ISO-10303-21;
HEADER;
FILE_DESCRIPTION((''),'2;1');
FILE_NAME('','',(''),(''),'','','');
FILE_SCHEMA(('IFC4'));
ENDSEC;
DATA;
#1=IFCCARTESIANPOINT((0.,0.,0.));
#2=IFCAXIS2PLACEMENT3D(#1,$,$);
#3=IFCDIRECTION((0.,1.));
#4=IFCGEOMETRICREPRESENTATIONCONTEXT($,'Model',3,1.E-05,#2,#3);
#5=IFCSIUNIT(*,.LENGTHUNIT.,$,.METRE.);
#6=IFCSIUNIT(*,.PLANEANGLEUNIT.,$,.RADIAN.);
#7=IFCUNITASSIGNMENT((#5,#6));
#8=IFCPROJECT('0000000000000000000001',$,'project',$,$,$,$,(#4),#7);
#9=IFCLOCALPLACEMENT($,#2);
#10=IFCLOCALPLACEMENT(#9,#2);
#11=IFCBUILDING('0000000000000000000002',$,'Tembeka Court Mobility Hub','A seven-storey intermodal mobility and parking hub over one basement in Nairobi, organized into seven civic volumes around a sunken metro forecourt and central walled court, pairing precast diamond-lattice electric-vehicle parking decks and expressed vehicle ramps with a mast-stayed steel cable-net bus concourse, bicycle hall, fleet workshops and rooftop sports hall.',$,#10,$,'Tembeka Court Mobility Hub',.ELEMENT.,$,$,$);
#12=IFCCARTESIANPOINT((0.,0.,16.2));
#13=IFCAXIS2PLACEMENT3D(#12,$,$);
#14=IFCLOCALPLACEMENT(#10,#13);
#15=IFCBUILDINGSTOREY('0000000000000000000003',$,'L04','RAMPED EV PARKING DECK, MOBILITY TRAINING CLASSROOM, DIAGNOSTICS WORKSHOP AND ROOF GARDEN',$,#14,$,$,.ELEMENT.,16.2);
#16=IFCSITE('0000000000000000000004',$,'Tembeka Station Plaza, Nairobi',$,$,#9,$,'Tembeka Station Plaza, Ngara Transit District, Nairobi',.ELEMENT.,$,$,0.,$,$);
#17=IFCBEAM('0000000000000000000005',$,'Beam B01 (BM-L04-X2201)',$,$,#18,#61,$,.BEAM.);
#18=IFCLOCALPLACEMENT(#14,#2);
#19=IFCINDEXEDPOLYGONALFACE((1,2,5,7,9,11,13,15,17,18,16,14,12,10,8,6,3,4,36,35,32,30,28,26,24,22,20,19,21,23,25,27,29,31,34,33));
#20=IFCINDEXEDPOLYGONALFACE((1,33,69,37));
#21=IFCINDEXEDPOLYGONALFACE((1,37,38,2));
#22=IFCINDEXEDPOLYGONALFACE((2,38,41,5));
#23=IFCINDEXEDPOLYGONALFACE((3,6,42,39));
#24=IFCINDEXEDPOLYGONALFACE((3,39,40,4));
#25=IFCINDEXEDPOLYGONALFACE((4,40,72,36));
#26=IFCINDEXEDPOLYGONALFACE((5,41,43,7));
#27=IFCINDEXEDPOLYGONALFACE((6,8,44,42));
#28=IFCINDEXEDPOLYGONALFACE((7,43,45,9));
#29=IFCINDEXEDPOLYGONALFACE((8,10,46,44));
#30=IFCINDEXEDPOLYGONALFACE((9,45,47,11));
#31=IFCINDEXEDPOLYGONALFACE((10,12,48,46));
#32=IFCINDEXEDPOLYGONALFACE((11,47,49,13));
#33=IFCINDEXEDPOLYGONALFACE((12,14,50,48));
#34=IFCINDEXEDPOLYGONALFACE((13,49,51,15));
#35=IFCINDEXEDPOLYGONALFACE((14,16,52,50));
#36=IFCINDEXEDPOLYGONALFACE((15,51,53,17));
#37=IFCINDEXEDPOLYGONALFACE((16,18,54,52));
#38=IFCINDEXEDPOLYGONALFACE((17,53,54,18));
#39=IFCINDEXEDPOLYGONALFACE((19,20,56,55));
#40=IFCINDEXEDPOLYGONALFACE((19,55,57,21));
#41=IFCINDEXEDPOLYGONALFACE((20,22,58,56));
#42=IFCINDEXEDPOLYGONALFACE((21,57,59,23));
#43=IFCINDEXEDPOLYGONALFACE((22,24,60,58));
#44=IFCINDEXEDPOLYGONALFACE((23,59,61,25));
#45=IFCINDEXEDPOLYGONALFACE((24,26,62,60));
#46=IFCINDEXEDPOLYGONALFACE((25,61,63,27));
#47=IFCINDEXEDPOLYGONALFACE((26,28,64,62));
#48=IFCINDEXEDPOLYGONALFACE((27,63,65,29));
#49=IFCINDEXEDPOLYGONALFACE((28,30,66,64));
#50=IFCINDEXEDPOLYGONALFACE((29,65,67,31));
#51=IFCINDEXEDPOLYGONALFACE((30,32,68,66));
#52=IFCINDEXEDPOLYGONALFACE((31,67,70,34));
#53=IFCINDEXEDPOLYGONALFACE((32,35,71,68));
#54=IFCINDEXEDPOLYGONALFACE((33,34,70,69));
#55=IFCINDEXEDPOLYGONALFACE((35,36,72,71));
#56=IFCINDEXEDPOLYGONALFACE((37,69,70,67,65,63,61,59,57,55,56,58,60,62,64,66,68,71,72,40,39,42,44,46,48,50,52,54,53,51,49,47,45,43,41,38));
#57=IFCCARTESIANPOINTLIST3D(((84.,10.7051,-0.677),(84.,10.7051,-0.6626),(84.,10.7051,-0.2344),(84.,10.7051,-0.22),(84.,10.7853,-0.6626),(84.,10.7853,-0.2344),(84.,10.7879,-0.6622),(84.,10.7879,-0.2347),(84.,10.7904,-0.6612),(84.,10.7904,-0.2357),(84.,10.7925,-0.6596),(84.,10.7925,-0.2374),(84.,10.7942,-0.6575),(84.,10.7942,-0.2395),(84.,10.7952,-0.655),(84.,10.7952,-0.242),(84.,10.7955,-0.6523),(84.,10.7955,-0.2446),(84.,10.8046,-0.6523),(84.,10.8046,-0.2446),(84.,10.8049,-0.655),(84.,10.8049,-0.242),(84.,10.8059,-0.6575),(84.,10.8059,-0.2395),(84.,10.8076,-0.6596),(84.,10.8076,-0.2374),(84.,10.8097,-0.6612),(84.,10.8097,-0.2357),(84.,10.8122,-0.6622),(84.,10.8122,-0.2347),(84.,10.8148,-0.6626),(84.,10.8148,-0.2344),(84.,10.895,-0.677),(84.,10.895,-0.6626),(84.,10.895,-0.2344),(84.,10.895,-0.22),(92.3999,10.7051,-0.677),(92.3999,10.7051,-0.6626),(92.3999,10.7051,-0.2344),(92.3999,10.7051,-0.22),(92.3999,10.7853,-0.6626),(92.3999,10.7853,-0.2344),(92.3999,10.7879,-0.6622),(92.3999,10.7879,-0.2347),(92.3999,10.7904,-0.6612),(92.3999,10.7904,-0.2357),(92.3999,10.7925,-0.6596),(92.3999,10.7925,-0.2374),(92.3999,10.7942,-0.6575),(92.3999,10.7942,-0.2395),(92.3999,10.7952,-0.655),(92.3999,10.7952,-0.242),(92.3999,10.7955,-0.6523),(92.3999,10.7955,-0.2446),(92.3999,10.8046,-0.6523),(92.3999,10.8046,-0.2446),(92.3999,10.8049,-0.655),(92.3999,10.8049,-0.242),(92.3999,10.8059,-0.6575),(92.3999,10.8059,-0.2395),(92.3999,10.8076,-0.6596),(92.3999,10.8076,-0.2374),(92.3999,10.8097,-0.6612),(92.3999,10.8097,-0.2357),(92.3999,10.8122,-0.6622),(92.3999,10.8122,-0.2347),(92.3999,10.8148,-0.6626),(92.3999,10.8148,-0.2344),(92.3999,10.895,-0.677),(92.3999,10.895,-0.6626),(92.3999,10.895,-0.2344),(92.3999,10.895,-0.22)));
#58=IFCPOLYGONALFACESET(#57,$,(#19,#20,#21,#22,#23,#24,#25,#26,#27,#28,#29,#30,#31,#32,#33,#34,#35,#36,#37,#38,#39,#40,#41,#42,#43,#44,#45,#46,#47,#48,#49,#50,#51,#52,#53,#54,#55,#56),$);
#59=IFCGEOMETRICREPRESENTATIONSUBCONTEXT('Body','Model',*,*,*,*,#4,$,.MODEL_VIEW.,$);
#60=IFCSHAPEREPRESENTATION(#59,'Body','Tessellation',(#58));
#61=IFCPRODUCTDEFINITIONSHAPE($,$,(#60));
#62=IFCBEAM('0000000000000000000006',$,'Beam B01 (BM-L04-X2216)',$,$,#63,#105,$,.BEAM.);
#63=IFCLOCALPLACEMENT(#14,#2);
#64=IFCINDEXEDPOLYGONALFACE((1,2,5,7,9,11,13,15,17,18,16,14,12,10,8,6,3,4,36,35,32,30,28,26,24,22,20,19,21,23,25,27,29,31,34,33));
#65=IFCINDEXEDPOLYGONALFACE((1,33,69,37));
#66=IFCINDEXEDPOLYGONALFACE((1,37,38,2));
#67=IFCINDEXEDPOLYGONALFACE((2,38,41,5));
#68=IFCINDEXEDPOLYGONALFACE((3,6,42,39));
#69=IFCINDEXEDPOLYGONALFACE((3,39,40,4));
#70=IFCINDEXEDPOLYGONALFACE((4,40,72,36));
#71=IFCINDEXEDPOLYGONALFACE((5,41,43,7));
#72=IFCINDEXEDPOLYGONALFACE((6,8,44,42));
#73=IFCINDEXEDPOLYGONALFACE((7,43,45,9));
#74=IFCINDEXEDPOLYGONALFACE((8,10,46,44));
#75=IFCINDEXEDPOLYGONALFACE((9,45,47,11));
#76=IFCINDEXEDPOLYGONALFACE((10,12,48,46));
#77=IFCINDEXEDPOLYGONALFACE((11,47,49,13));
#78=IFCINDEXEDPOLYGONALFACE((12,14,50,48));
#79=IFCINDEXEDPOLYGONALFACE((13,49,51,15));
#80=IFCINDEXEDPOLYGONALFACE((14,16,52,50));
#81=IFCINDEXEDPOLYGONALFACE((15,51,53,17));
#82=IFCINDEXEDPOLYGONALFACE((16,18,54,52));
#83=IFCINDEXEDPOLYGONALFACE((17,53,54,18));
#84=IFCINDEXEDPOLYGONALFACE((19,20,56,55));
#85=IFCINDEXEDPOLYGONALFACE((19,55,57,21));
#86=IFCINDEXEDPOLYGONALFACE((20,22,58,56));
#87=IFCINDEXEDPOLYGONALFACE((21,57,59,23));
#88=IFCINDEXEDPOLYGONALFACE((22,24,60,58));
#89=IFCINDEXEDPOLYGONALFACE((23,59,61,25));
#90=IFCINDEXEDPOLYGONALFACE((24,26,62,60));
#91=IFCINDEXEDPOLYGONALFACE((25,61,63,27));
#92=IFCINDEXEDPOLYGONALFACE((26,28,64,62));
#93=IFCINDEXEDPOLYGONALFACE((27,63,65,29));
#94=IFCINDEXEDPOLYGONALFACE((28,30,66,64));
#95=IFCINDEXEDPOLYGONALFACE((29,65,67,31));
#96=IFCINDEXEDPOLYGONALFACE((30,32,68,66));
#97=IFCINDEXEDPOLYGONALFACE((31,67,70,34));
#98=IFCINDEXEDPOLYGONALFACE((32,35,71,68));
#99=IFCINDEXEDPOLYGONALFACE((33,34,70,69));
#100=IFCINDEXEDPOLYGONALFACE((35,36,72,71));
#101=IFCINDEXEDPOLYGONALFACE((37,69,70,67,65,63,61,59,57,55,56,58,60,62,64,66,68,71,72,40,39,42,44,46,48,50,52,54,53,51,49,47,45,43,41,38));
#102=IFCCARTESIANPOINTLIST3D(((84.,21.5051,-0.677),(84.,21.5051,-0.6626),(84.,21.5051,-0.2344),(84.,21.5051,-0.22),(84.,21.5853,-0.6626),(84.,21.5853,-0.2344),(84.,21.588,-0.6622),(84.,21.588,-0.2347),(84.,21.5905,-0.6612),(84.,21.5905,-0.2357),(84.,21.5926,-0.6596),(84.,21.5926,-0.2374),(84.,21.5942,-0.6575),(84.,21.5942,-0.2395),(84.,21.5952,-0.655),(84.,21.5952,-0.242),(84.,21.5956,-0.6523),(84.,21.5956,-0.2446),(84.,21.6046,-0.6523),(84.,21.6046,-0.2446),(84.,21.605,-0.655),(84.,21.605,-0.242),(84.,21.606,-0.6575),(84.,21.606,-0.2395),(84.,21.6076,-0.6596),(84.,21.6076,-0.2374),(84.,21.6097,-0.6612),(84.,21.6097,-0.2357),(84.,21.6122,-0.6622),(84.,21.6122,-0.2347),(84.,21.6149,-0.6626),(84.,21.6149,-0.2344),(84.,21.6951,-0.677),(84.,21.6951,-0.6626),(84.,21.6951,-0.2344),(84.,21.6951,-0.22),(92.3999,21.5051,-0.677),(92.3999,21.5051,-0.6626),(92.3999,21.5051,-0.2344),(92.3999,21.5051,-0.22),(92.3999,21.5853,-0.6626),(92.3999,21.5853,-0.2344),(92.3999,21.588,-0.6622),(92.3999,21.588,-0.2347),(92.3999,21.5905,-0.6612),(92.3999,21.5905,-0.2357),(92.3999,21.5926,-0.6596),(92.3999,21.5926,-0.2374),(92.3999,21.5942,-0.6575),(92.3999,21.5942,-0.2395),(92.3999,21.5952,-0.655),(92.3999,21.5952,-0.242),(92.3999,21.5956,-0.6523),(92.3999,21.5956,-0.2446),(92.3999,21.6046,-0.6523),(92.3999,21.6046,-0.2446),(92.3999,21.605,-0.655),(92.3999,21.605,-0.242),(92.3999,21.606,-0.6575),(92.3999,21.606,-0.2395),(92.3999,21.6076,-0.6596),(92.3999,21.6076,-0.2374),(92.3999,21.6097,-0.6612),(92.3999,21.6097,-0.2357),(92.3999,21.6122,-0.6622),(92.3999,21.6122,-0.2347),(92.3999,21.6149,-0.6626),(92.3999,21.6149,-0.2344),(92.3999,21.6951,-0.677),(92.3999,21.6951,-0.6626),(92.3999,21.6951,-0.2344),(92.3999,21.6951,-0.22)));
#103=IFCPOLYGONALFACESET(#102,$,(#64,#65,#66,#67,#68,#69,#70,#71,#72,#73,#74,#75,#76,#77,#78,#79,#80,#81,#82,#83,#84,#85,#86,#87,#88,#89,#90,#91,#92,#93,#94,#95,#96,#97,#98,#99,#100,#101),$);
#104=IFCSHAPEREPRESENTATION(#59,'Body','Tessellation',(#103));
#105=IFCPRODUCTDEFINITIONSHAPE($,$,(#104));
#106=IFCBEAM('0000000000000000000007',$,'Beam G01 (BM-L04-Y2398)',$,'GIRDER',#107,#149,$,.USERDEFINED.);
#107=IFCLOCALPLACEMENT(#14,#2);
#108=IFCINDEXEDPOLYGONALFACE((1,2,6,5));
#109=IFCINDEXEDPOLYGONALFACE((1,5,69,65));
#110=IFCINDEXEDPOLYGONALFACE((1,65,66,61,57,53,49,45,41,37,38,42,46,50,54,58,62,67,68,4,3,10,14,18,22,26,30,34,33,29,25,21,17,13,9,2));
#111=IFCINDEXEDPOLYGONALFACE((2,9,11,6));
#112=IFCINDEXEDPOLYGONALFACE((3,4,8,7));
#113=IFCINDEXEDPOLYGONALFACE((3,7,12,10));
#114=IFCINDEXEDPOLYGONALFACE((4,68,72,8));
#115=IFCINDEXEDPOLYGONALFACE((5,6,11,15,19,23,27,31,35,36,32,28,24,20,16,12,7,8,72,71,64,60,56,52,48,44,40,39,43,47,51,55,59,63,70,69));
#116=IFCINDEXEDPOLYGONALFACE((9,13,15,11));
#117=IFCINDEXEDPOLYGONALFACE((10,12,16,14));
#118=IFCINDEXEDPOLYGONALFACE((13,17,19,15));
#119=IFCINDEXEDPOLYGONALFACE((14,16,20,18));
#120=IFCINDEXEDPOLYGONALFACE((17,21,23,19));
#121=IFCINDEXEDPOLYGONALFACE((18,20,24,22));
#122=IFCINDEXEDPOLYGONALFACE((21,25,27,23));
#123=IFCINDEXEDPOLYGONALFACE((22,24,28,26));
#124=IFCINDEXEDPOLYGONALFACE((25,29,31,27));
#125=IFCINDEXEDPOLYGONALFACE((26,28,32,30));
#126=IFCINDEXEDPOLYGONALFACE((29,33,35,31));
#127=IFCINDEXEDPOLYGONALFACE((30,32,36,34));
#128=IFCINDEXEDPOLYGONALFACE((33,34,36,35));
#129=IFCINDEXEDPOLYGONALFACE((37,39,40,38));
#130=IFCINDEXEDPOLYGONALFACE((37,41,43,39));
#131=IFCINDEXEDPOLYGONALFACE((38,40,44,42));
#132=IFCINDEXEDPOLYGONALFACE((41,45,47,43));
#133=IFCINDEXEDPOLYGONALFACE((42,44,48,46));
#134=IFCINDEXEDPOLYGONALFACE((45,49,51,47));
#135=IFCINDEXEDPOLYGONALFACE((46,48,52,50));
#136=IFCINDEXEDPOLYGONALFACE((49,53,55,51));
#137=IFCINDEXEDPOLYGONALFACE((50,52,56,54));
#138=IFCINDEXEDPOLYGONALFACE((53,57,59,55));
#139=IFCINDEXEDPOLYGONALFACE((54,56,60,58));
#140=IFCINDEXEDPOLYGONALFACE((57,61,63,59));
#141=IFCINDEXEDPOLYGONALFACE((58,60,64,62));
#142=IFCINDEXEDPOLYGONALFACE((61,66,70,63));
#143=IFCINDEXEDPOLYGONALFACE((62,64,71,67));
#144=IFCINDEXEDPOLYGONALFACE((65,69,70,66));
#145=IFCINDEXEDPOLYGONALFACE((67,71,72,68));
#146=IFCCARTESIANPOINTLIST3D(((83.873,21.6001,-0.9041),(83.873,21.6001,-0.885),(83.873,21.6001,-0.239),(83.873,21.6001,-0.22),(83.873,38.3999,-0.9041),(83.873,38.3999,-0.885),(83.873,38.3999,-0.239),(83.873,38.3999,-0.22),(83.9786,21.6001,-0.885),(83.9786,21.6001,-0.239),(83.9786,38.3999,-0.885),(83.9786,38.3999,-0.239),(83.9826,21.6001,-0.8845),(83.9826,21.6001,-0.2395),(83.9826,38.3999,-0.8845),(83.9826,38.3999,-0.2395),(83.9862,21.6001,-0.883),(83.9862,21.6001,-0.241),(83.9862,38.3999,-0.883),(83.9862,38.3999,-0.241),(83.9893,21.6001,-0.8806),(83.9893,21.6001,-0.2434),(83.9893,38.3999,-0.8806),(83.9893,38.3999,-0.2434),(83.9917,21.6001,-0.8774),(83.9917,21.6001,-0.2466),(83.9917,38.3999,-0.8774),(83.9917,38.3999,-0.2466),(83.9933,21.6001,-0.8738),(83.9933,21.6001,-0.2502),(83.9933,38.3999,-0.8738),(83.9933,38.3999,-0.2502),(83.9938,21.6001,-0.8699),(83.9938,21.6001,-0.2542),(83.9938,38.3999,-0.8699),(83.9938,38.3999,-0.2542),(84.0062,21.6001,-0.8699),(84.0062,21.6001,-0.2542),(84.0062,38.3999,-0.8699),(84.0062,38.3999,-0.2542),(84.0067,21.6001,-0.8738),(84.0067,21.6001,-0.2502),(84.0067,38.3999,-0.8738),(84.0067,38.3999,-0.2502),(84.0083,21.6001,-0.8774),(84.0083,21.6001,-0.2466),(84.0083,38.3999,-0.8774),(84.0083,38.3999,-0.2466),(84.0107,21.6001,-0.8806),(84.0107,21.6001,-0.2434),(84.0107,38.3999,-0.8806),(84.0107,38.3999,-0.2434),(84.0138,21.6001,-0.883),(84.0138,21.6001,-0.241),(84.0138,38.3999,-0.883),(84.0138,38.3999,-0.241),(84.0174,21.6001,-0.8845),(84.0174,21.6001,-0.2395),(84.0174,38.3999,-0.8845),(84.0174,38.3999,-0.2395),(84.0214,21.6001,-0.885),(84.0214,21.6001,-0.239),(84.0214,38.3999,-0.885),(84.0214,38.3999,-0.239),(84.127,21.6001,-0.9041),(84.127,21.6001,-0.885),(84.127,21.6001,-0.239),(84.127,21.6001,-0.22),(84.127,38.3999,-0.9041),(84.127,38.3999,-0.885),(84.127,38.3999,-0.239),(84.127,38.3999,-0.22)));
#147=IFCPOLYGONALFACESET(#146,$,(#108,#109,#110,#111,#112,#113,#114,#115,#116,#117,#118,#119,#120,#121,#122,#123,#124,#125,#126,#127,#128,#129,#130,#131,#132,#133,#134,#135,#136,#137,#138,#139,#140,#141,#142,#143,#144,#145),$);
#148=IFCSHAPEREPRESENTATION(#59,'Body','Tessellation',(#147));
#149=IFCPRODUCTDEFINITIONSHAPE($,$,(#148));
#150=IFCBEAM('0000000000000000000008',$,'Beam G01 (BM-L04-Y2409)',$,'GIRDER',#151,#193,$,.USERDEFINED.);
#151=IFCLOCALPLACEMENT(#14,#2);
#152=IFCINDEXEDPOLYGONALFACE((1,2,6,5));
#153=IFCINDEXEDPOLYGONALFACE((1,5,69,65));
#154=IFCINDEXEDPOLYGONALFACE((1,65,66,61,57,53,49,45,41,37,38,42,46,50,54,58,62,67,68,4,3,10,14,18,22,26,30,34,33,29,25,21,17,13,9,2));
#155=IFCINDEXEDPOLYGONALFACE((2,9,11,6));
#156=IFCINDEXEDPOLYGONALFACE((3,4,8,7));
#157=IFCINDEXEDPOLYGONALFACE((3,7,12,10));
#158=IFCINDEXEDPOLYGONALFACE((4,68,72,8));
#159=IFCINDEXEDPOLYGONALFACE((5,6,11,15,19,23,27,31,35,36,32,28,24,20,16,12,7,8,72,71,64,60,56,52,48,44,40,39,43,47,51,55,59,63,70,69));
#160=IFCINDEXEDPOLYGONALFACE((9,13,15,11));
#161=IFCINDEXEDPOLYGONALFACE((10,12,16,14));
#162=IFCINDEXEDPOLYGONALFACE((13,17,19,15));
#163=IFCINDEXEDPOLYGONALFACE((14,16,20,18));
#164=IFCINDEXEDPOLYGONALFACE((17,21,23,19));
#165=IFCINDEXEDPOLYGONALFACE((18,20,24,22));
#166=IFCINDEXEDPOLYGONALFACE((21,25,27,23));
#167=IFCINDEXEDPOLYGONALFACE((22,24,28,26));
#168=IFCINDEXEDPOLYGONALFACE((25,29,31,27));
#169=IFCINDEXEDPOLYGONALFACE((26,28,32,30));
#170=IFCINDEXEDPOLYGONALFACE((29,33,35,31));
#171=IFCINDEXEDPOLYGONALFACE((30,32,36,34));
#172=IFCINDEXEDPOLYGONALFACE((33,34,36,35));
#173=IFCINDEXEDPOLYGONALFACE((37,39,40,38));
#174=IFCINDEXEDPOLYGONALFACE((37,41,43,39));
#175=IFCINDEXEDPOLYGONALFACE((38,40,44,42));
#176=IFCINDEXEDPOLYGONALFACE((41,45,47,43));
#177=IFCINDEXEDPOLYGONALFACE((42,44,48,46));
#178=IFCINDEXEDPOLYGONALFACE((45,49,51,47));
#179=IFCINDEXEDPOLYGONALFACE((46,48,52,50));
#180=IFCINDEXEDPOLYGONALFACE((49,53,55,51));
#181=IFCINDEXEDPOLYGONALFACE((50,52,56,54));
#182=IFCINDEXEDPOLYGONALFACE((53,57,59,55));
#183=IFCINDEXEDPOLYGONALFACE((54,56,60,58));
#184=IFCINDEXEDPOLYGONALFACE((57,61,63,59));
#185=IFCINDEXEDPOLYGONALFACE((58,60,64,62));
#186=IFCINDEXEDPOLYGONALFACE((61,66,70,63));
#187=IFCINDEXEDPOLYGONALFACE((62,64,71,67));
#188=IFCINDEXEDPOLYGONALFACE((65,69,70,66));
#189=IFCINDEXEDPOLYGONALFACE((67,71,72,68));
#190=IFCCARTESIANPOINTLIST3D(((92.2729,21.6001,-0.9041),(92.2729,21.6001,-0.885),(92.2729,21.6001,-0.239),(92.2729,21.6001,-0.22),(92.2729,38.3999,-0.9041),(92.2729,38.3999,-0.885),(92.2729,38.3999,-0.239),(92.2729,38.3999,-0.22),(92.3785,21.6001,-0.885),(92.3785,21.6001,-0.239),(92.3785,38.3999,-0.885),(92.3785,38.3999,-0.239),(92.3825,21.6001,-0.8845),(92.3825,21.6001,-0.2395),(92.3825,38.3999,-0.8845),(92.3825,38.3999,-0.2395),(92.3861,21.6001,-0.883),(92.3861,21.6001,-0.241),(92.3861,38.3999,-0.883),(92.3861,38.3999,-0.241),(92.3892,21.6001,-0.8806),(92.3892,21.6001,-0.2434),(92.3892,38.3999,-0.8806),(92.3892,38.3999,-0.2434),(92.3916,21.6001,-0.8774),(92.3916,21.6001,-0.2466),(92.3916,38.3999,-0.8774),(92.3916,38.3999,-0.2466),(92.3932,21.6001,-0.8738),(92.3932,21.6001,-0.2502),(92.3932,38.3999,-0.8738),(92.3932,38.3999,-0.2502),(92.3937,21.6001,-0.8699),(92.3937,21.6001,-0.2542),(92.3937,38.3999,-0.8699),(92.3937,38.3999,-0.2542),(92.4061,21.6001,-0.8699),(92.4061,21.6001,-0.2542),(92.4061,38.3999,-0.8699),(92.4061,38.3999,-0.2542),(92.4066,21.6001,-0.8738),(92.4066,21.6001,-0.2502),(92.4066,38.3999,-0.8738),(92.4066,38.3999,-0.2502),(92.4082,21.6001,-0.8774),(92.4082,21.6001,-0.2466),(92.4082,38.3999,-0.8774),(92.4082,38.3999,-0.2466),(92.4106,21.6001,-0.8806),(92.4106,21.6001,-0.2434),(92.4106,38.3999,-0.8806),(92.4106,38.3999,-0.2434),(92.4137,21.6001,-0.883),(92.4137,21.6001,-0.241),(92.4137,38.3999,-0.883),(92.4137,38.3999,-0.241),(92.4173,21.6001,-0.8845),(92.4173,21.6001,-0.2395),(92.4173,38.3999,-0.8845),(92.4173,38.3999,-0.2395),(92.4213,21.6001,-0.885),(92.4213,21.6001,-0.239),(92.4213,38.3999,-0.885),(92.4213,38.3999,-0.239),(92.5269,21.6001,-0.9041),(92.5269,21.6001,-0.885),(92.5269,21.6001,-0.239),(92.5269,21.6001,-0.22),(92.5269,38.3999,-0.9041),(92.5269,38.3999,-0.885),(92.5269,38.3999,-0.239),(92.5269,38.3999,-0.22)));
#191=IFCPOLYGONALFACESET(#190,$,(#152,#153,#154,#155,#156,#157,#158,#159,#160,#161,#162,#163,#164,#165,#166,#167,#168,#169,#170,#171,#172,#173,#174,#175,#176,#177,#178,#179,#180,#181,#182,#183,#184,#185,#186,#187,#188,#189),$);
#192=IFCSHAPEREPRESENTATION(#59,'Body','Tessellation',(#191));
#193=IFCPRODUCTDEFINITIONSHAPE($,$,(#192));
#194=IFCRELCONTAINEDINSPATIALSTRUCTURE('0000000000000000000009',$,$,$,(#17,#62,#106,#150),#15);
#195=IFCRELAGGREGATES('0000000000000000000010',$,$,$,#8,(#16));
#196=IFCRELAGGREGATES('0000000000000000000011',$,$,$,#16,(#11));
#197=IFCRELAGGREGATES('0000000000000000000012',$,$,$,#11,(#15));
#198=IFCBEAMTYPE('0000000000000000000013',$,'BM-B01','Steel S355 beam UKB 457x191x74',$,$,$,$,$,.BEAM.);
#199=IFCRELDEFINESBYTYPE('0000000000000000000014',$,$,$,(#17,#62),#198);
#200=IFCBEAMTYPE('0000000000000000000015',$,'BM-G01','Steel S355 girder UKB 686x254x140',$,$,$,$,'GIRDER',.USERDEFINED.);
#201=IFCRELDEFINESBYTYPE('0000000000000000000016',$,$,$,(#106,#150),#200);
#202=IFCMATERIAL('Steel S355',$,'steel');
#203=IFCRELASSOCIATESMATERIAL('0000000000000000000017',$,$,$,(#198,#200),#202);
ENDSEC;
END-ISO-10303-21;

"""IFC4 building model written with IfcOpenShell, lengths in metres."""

from ifc_helpers import new_model, si_unit, direction, frame, origin, origin_2d, place, context, subcontext, project, spatial, i_section, extrude, material, material_profile, profile_set, type_object, element, save


model = new_model("IFC4")

# Units and contexts
model_context = context("Model", 3, precision=1e-05, world=origin(), true_north=direction((0.0, 1.0)))
body_context = subcontext(model_context, "Body", "Model", "MODEL_VIEW")
ifc_project = project(units=[si_unit("LENGTHUNIT", "METRE"), si_unit("PLANEANGLEUNIT", "RADIAN")], contexts=[model_context])

# Site, building, storey
site_placement = place(None, origin())
site = spatial("IfcSite", under=ifc_project, at=site_placement, Name="Tembeka Station Plaza, Nairobi", LongName="Tembeka Station Plaza, Ngara Transit District, Nairobi", CompositionType="ELEMENT", RefElevation=0.0)
building_placement = place(site_placement, origin())
building = spatial("IfcBuilding", under=site, at=building_placement, Name="Tembeka Court Mobility Hub", Description="A seven-storey intermodal mobility and parking hub over one basement in Nairobi, organized into seven civic volumes around a sunken metro forecourt and central walled court, pairing precast diamond-lattice electric-vehicle parking decks and expressed vehicle ramps with a mast-stayed steel cable-net bus concourse, bicycle hall, fleet workshops and rooftop sports hall.", LongName="Tembeka Court Mobility Hub", CompositionType="ELEMENT")
storey_placement = place(building_placement, frame((0.0, 0.0, 16.2)))
storey = spatial("IfcBuildingStorey", under=building, at=storey_placement, Name="L04", Description="RAMPED EV PARKING DECK, MOBILITY TRAINING CLASSROOM, DIAGNOSTICS WORKSHOP AND ROOF GARDEN", CompositionType="ELEMENT", Elevation=16.2)

# Shared definitions
ifc_material_1 = material(Name="Steel S355", Category="steel")

# Beams
ifc_material_profile_1 = material_profile(ifc_material_1, i_section(OverallWidth=0.1899, OverallDepth=0.457, WebThickness=0.009, FlangeThickness=0.0144, FilletRadius=0.0103, at=origin_2d()), Name="UKB 457x191x74")
ifc_profile_set_1 = profile_set([ifc_material_profile_1], Name="Steel S355")
beam_type_1 = type_object("IfcBeamType", Name="BM-B01", Description="Steel S355 beam UKB 457x191x74", PredefinedType="BEAM", material=ifc_profile_set_1)
for number, where, z_axis, x_axis, name in (
    (1, (84.0, 10.8, -0.4485), (1.0, 0.0, 0.0), (0.0, 1.0, 0.0), "Beam B01 (BM-L04-X2201)"),
    (2, (84.0, 21.6001, -0.4485), (1.0, 0.0, 0.0), (0.0, 1.0, 0.0), "Beam B01 (BM-L04-X2216)"),
):
    element("IfcBeam", number, at=place(storey_placement, frame(where, z_axis=z_axis, x_axis=x_axis)), inside=storey, type_object=beam_type_1, Name=name, PredefinedType="BEAM", context=body_context, shape_type="SweptSolid", body=[
        extrude(i_section(OverallWidth=0.1899, OverallDepth=0.457, WebThickness=0.009, FlangeThickness=0.0144, FilletRadius=0.0103, at=origin_2d()), origin(), (0.0, 0.0, 1.0), 8.3999),
    ])
ifc_material_profile_2 = material_profile(ifc_material_1, i_section(OverallWidth=0.2539, OverallDepth=0.6841, WebThickness=0.0125, FlangeThickness=0.019, FilletRadius=0.0151, at=origin_2d()), Name="UKB 686x254x140")
ifc_profile_set_2 = profile_set([ifc_material_profile_2], Name="Steel S355")
beam_type_2 = type_object("IfcBeamType", Name="BM-G01", Description="Steel S355 girder UKB 686x254x140", ElementType="GIRDER", PredefinedType="USERDEFINED", material=ifc_profile_set_2)
for number, where, z_axis, x_axis, name in (
    (3, (84.0, 21.6001, -0.562), (0.0, 1.0, 0.0), (-1.0, 0.0, 0.0), "Beam G01 (BM-L04-Y2398)"),
    (4, (92.3999, 21.6001, -0.562), (0.0, 1.0, 0.0), (-1.0, 0.0, 0.0), "Beam G01 (BM-L04-Y2409)"),
):
    element("IfcBeam", number, at=place(storey_placement, frame(where, z_axis=z_axis, x_axis=x_axis)), inside=storey, type_object=beam_type_2, Name=name, ObjectType="GIRDER", PredefinedType="USERDEFINED", context=body_context, shape_type="SweptSolid", body=[
        extrude(i_section(OverallWidth=0.2539, OverallDepth=0.6841, WebThickness=0.0125, FlangeThickness=0.019, FilletRadius=0.0151, at=origin_2d()), origin(), (0.0, 0.0, 1.0), 16.7998),
    ])

save(model, "model.ifc")
